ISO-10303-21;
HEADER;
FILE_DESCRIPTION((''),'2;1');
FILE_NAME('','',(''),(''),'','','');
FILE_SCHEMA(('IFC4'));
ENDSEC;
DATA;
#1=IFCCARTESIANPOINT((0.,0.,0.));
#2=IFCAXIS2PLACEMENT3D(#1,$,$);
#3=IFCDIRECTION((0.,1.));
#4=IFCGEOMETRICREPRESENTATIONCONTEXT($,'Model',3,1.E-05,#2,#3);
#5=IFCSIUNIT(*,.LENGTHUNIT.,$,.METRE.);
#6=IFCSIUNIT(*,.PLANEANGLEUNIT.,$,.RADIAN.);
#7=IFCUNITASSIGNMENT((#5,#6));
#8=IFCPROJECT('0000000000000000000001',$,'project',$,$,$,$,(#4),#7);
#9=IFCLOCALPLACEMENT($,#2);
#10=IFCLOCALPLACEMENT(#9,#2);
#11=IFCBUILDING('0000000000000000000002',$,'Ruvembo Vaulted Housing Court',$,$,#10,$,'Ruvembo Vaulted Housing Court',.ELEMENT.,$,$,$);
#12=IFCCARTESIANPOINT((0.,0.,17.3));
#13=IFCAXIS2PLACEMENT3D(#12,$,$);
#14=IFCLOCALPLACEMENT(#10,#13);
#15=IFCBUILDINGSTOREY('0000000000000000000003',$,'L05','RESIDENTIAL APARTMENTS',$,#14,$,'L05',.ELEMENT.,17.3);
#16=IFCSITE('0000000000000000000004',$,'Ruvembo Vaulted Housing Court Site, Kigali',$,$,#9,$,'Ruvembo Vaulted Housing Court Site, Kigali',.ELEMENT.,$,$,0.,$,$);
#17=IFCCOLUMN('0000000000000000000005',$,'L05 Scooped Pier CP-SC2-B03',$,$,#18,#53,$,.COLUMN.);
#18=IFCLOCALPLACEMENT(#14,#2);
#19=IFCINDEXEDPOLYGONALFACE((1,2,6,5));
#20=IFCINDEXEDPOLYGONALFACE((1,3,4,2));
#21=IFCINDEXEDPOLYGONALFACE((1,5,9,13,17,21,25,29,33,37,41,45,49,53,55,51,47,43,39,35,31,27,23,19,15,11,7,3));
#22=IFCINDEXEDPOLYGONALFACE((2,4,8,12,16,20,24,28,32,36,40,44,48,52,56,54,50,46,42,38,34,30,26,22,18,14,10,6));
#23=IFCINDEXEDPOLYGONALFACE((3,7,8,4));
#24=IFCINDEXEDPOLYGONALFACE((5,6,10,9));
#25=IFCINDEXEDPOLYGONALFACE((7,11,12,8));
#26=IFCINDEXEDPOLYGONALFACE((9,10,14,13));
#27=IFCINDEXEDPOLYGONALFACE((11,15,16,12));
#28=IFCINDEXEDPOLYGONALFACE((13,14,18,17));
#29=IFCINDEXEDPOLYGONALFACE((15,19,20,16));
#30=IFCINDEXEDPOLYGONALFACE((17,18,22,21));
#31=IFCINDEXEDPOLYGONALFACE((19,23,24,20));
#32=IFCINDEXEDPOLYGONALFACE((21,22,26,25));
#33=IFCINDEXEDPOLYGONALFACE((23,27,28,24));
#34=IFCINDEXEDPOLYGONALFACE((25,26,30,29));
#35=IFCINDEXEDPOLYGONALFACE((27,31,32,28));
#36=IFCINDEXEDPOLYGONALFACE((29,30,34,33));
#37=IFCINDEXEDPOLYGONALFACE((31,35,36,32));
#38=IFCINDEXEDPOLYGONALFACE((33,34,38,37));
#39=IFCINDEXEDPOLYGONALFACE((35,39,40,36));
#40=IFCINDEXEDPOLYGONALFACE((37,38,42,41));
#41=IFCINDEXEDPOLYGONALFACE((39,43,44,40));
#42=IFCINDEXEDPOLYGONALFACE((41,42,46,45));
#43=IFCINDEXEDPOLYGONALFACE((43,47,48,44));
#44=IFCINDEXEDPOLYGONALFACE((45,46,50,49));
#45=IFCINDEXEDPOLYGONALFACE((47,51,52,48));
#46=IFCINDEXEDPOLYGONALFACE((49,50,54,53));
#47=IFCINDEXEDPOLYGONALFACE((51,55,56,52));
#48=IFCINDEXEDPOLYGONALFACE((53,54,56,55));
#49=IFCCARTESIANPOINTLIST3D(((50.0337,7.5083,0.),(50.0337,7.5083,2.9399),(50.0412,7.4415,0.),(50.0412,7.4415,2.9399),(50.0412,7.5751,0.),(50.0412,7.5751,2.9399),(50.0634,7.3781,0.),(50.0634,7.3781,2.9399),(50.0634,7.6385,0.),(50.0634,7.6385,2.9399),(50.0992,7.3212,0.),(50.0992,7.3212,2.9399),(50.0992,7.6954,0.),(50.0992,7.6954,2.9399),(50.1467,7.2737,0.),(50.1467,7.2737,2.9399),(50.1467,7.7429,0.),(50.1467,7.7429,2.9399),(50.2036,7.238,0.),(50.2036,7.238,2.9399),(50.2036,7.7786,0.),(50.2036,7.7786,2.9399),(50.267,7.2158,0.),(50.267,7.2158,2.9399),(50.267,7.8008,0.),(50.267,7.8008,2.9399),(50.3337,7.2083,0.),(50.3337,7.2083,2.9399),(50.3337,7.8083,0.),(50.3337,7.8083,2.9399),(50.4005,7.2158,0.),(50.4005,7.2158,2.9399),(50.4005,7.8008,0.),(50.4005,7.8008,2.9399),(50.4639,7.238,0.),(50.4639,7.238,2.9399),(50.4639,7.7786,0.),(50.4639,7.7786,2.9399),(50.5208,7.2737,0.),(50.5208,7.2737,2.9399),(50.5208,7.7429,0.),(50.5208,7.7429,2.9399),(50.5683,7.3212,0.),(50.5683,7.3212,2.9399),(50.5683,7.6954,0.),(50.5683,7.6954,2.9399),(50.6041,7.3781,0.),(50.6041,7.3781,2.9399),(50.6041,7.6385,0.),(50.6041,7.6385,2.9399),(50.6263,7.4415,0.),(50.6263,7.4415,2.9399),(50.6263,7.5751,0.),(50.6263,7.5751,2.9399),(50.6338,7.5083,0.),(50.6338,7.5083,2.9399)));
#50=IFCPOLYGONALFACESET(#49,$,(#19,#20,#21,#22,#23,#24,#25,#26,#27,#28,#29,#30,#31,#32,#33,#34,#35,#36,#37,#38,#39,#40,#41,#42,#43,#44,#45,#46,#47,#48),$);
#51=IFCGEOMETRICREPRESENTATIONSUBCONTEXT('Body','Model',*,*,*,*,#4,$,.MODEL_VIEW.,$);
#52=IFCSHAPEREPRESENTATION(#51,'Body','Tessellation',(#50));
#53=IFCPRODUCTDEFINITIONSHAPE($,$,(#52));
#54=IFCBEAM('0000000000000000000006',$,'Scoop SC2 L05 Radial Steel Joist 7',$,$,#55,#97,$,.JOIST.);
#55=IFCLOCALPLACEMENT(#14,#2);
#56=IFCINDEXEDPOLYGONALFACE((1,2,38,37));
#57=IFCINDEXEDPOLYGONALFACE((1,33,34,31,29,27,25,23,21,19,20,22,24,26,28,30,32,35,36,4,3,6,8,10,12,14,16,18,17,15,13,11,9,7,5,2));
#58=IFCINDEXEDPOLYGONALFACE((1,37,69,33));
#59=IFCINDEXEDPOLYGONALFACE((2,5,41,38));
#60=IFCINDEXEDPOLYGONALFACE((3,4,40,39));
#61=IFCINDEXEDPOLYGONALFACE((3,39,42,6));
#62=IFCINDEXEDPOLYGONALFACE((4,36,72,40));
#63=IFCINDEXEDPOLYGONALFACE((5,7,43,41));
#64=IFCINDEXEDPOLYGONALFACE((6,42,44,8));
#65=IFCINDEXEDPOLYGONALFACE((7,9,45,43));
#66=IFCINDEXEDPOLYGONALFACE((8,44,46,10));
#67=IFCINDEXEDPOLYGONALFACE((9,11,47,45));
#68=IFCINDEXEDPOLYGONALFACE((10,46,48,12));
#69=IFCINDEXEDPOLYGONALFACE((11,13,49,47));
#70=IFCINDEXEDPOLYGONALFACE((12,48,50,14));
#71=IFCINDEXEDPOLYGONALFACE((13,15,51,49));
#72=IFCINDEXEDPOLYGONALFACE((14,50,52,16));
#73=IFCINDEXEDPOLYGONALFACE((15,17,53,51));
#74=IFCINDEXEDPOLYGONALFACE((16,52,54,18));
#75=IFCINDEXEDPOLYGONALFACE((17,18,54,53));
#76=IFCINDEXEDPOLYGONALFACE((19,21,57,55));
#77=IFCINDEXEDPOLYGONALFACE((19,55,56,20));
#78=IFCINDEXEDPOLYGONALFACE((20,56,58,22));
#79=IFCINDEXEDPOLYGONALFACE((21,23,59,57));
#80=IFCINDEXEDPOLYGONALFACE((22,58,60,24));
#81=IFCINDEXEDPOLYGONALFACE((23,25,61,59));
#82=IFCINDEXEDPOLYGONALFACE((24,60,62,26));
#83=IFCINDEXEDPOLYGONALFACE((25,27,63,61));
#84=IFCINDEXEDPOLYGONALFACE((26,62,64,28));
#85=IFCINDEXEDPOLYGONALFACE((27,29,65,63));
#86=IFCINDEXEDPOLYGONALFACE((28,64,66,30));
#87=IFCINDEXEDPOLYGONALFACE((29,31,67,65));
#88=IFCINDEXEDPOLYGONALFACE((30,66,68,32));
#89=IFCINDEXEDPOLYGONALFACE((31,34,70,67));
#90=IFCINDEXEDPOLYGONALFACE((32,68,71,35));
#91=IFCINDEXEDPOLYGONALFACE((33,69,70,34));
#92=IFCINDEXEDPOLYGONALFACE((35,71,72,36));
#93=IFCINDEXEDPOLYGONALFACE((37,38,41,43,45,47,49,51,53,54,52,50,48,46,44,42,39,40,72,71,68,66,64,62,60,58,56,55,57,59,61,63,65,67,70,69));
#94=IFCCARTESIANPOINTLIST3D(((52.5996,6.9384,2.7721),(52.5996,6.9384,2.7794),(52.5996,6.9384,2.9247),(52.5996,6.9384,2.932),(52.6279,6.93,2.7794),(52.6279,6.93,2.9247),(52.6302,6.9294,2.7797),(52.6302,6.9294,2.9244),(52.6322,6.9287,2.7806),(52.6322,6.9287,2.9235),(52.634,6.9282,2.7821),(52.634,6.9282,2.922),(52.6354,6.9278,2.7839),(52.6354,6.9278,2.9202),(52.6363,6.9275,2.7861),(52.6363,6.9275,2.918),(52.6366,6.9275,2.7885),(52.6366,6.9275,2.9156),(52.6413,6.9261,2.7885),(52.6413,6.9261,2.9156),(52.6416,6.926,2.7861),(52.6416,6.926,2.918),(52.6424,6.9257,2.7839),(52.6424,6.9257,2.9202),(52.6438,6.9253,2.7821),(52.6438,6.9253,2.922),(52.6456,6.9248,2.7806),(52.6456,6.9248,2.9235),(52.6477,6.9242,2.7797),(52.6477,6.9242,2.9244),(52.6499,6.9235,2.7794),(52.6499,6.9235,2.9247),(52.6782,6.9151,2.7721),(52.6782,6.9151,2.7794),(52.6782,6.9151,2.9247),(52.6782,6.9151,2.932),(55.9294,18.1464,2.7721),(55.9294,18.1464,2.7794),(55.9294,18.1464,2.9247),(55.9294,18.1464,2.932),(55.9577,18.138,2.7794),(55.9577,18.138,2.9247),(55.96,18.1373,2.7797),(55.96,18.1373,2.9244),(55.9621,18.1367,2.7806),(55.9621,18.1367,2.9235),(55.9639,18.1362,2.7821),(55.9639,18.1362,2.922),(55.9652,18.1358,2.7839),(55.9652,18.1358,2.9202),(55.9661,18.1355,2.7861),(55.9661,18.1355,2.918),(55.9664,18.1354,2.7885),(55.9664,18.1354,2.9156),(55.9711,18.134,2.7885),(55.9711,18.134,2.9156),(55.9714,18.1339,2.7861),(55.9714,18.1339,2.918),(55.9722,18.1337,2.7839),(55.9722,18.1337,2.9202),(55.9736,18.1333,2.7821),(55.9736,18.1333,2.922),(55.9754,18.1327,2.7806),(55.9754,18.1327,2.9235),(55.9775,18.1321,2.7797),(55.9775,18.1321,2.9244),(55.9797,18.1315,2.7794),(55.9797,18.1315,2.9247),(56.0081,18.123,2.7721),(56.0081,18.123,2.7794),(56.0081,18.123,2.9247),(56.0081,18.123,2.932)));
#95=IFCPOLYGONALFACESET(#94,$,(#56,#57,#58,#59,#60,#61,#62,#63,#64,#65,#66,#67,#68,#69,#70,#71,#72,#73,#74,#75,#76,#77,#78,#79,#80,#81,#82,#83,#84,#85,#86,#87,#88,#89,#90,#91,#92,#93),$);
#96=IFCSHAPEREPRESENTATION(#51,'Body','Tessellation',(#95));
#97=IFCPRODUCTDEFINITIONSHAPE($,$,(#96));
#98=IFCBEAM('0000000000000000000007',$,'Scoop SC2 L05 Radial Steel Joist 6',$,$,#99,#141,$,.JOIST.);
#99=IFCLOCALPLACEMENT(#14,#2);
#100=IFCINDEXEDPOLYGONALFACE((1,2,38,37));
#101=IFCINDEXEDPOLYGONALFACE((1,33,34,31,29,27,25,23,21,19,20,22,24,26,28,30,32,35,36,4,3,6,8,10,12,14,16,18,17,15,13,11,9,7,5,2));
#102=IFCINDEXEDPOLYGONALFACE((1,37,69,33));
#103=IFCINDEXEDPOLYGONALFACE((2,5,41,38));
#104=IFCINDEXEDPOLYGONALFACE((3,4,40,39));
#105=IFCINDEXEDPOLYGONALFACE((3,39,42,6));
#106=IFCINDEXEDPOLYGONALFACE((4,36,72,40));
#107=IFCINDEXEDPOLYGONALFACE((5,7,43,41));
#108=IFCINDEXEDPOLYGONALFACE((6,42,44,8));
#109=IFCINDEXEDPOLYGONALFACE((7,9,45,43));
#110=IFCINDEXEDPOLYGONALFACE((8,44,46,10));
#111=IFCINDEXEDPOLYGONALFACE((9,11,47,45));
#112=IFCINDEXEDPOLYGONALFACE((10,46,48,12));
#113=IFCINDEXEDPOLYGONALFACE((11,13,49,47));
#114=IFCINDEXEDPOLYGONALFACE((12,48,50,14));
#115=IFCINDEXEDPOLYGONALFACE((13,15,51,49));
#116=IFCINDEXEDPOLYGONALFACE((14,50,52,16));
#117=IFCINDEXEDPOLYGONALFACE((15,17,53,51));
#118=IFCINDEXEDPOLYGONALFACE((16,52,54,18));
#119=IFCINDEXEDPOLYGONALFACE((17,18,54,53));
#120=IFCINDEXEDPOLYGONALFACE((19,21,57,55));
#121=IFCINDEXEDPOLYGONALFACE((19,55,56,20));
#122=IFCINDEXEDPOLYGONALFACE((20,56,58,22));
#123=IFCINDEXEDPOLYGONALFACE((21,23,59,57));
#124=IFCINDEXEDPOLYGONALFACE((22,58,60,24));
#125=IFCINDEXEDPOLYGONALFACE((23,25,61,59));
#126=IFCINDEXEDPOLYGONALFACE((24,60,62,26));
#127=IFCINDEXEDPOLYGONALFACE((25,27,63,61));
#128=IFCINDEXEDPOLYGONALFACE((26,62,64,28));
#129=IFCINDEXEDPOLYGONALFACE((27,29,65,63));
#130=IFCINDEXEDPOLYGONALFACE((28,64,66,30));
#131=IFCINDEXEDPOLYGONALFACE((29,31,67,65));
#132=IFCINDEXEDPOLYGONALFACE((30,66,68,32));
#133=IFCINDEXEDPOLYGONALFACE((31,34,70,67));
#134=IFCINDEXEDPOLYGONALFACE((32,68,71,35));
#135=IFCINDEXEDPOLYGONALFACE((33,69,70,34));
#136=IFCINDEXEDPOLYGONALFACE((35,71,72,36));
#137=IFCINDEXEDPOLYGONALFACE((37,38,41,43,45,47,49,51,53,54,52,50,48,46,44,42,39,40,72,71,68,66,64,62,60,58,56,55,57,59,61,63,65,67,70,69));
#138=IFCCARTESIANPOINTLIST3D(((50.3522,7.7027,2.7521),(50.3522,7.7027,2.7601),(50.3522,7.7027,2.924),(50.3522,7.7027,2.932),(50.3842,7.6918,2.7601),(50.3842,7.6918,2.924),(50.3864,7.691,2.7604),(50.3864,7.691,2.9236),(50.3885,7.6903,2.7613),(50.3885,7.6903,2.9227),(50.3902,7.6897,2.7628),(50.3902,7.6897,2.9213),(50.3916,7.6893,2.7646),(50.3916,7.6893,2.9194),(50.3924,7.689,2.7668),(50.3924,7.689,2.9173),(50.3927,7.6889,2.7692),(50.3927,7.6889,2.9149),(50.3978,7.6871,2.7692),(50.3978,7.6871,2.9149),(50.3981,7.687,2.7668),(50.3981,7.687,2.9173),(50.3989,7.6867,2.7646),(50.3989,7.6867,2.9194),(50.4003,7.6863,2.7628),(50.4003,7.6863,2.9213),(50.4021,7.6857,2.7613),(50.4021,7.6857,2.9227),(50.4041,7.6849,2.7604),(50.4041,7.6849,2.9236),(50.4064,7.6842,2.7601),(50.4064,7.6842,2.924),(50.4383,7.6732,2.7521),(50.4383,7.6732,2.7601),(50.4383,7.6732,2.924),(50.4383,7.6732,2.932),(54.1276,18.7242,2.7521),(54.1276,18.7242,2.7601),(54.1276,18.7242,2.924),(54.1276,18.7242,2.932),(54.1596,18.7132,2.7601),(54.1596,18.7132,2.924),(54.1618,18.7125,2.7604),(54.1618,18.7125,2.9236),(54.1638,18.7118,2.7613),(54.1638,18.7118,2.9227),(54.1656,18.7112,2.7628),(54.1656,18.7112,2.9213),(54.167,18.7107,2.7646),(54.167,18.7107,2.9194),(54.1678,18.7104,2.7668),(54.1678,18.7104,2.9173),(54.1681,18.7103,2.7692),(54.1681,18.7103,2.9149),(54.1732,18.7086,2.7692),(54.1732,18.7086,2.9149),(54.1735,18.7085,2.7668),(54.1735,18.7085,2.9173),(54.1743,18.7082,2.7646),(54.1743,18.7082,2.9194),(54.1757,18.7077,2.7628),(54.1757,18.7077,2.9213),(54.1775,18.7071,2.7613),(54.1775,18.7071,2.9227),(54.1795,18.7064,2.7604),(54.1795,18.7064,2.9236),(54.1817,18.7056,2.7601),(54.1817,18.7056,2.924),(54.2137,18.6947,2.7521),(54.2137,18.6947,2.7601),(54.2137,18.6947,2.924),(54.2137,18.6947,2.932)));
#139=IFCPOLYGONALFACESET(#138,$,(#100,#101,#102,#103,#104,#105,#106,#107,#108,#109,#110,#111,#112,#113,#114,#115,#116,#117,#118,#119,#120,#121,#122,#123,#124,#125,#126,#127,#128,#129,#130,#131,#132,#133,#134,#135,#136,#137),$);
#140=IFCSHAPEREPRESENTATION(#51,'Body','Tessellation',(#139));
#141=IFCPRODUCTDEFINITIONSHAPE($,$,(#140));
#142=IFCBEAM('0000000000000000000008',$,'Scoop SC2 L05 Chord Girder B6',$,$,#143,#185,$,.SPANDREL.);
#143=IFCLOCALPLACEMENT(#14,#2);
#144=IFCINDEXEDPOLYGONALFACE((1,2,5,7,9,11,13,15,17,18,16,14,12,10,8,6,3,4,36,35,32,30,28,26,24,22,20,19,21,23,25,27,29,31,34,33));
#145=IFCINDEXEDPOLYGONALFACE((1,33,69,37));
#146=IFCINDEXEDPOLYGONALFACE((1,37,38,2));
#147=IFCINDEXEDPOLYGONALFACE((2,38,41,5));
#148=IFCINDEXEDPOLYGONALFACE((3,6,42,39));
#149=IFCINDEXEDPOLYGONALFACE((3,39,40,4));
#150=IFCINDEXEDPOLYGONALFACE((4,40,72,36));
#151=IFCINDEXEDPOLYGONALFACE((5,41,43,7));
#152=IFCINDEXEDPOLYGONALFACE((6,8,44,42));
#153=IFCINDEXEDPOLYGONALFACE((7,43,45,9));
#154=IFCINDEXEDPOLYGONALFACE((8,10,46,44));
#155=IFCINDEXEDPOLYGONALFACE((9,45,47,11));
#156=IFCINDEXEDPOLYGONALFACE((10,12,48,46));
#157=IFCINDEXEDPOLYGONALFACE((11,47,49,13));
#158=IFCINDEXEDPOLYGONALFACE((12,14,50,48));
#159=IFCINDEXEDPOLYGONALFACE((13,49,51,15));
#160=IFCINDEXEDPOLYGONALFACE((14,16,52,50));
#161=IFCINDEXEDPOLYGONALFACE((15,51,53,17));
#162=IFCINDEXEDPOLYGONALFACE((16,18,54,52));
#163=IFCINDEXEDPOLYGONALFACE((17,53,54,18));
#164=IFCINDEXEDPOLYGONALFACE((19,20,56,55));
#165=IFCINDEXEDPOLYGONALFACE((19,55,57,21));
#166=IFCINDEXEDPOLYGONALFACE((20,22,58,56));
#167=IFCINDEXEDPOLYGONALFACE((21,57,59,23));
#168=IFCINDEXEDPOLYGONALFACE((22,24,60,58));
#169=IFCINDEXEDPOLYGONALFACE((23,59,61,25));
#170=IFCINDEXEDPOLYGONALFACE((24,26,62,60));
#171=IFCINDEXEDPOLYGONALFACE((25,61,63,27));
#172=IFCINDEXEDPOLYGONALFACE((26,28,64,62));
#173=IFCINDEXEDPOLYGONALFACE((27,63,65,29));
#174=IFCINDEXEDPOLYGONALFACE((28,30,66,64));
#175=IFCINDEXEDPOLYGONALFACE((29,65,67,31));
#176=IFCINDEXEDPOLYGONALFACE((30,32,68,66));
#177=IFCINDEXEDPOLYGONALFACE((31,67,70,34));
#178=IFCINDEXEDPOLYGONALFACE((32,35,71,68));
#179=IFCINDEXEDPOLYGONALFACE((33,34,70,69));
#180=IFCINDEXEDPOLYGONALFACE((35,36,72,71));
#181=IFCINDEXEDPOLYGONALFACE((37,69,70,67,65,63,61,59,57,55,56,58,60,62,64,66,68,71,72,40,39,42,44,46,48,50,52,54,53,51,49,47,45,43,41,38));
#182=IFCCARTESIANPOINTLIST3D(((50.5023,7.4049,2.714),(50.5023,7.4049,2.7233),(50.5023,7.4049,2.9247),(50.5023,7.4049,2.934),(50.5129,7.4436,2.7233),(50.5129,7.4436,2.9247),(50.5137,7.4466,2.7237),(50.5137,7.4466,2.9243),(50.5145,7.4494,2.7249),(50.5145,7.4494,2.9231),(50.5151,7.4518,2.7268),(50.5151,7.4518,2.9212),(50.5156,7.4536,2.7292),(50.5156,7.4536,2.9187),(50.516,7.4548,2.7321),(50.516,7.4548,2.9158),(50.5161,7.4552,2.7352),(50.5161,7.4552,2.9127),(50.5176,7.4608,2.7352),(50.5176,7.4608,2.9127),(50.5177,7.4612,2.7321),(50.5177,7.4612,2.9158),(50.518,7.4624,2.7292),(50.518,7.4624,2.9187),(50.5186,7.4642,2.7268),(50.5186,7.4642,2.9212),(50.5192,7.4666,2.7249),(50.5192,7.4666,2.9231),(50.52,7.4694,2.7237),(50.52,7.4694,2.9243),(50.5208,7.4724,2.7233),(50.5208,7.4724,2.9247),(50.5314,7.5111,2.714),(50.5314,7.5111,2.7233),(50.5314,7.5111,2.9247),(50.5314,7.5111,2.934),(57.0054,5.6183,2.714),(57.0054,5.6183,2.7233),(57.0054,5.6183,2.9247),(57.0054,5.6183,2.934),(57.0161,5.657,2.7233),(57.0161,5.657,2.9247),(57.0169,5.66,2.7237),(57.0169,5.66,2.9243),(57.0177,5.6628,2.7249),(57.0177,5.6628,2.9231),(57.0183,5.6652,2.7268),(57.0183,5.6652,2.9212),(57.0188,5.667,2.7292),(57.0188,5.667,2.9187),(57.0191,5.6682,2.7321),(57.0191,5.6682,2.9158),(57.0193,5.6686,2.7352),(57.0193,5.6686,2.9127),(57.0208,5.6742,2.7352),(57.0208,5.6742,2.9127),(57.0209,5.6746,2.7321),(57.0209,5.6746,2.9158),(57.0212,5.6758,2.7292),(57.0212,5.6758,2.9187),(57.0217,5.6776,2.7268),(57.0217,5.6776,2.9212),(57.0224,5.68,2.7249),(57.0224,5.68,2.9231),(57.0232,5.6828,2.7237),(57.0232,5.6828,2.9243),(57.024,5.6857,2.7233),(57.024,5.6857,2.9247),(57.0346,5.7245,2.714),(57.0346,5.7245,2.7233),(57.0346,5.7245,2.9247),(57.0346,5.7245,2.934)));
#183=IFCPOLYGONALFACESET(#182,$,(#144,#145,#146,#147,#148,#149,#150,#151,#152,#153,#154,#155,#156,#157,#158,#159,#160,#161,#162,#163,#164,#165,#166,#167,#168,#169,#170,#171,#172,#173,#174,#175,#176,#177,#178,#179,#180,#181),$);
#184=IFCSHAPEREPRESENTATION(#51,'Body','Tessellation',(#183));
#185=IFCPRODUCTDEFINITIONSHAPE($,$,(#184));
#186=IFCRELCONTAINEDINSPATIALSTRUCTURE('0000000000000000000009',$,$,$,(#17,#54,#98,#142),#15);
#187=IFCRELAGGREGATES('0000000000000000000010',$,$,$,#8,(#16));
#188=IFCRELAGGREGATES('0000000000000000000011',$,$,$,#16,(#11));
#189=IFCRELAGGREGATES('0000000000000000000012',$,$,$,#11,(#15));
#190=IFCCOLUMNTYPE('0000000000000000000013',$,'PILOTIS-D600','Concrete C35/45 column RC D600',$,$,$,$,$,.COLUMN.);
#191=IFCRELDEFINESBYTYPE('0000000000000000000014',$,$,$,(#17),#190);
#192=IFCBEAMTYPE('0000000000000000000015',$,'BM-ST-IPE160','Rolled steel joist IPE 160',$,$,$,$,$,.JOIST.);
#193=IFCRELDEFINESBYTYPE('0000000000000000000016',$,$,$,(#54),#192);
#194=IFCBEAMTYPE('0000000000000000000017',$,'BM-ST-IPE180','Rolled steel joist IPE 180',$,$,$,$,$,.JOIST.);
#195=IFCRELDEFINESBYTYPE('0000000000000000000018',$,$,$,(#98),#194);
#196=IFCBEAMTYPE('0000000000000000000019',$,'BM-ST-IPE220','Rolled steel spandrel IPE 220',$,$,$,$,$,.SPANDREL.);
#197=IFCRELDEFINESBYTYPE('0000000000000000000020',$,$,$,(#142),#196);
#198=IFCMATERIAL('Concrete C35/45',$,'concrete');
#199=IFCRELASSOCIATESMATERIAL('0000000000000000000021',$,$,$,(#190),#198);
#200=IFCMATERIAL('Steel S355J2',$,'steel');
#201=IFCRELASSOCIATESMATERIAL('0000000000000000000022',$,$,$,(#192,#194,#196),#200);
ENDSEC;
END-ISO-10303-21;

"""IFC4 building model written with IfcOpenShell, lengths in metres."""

from ifc_helpers import new_model, si_unit, direction, frame, origin, origin_2d, place, context, subcontext, project, spatial, circle, i_section, extrude, material, material_profile, profile_set, type_object, element, save


model = new_model("IFC4")

# Units and contexts
model_context = context("Model", 3, precision=1e-05, world=origin(), true_north=direction((0.0, 1.0)))
body_context = subcontext(model_context, "Body", "Model", "MODEL_VIEW")
ifc_project = project(units=[si_unit("LENGTHUNIT", "METRE"), si_unit("PLANEANGLEUNIT", "RADIAN")], contexts=[model_context])

# Site, building, storey
site_placement = place(None, origin())
site = spatial("IfcSite", under=ifc_project, at=site_placement, Name="Ruvembo Vaulted Housing Court Site, Kigali", LongName="Ruvembo Vaulted Housing Court Site, Kigali", CompositionType="ELEMENT", RefElevation=0.0)
building_placement = place(site_placement, origin())
building = spatial("IfcBuilding", under=site, at=building_placement, Name="Ruvembo Vaulted Housing Court", LongName="Ruvembo Vaulted Housing Court", CompositionType="ELEMENT")
storey_placement = place(building_placement, frame((0.0, 0.0, 17.3)))
storey = spatial("IfcBuildingStorey", under=building, at=storey_placement, Name="L05", Description="RESIDENTIAL APARTMENTS", LongName="L05", CompositionType="ELEMENT", Elevation=17.3)

# Column
ifc_material_1 = material(Name="Concrete C35/45", Category="concrete")
ifc_material_profile_1 = material_profile(ifc_material_1, circle(Radius=0.3, at=origin_2d()), Name="RC D600")
ifc_profile_set_1 = profile_set([ifc_material_profile_1], Name="Concrete C35/45")
column_type = type_object("IfcColumnType", Name="PILOTIS-D600", Description="Concrete C35/45 column RC D600", PredefinedType="COLUMN", material=ifc_profile_set_1)
column_placement = place(storey_placement, frame((50.3337, 7.5083, 0.0), z_axis=(0.0, 0.0, 1.0), x_axis=(1.0, 0.0, 0.0)))
element("IfcColumn", 1, at=column_placement, inside=storey, type_object=column_type, Name="L05 Scooped Pier CP-SC2-B03", PredefinedType="COLUMN", context=body_context, shape_type="SweptSolid", body=[
    extrude(circle(Radius=0.3, at=origin_2d()), origin(), (0.0, 0.0, 1.0), 2.9399),
])

# Beams
ifc_material_2 = material(Name="Steel S355J2", Category="steel")
ifc_material_profile_2 = material_profile(ifc_material_2, i_section(OverallWidth=0.082, OverallDepth=0.1599, WebThickness=0.0049, FlangeThickness=0.0073, FilletRadius=0.009, at=origin_2d()), Name="IPE 160")
ifc_profile_set_2 = profile_set([ifc_material_profile_2], Name="Steel S355J2")
beam_type_1 = type_object("IfcBeamType", Name="BM-ST-IPE160", Description="Rolled steel joist IPE 160", PredefinedType="JOIST", material=ifc_profile_set_2)
beam_1_placement = place(storey_placement, frame((52.6389, 6.9268, 2.8521), z_axis=(0.284791, 0.95859, 0.0), x_axis=(-0.95859, 0.284791, 0.0)))
element("IfcBeam", 2, at=beam_1_placement, inside=storey, type_object=beam_type_1, Name="Scoop SC2 L05 Radial Steel Joist 7", PredefinedType="JOIST", context=body_context, shape_type="SweptSolid", body=[
    extrude(i_section(OverallWidth=0.082, OverallDepth=0.1599, WebThickness=0.0049, FlangeThickness=0.0073, FilletRadius=0.009, at=origin_2d()), origin(), (0.0, 0.0, 1.0), 11.6921),
])
ifc_material_profile_3 = material_profile(ifc_material_2, i_section(OverallWidth=0.0911, OverallDepth=0.1799, WebThickness=0.0054, FlangeThickness=0.0081, FilletRadius=0.009, at=origin_2d()), Name="IPE 180")
ifc_profile_set_3 = profile_set([ifc_material_profile_3], Name="Steel S355J2")
beam_type_2 = type_object("IfcBeamType", Name="BM-ST-IPE180", Description="Rolled steel joist IPE 180", PredefinedType="JOIST", material=ifc_profile_set_3)
beam_2_placement = place(storey_placement, frame((50.3953, 7.688, 2.842), z_axis=(0.324063, 0.946036, 0.0), x_axis=(-0.946036, 0.324063, 0.0)))
element("IfcBeam", 3, at=beam_2_placement, inside=storey, type_object=beam_type_2, Name="Scoop SC2 L05 Radial Steel Joist 6", PredefinedType="JOIST", context=body_context, shape_type="SweptSolid", body=[
    extrude(i_section(OverallWidth=0.0911, OverallDepth=0.1799, WebThickness=0.0054, FlangeThickness=0.0081, FilletRadius=0.009, at=origin_2d()), origin(), (0.0, 0.0, 1.0), 11.6501),
])
ifc_material_profile_4 = material_profile(ifc_material_2, i_section(OverallWidth=0.1101, OverallDepth=0.22, WebThickness=0.0059, FlangeThickness=0.0093, FilletRadius=0.012, at=origin_2d()), Name="IPE 220")
ifc_profile_set_4 = profile_set([ifc_material_profile_4], Name="Steel S355J2")
beam_type_3 = type_object("IfcBeamType", Name="BM-ST-IPE220", Description="Rolled steel spandrel IPE 220", PredefinedType="SPANDREL", material=ifc_profile_set_4)
beam_3_placement = place(storey_placement, frame((50.5168, 7.458, 2.824), z_axis=(0.964272, -0.264915, 0.0), x_axis=(0.264915, 0.964272, 0.0)))
element("IfcBeam", 4, at=beam_3_placement, inside=storey, type_object=beam_type_3, Name="Scoop SC2 L05 Chord Girder B6", PredefinedType="SPANDREL", context=body_context, shape_type="SweptSolid", body=[
    extrude(i_section(OverallWidth=0.1101, OverallDepth=0.22, WebThickness=0.0059, FlangeThickness=0.0093, FilletRadius=0.012, at=origin_2d()), origin(), (0.0, 0.0, 1.0), 6.7441),
])

save(model, "model.ifc")
